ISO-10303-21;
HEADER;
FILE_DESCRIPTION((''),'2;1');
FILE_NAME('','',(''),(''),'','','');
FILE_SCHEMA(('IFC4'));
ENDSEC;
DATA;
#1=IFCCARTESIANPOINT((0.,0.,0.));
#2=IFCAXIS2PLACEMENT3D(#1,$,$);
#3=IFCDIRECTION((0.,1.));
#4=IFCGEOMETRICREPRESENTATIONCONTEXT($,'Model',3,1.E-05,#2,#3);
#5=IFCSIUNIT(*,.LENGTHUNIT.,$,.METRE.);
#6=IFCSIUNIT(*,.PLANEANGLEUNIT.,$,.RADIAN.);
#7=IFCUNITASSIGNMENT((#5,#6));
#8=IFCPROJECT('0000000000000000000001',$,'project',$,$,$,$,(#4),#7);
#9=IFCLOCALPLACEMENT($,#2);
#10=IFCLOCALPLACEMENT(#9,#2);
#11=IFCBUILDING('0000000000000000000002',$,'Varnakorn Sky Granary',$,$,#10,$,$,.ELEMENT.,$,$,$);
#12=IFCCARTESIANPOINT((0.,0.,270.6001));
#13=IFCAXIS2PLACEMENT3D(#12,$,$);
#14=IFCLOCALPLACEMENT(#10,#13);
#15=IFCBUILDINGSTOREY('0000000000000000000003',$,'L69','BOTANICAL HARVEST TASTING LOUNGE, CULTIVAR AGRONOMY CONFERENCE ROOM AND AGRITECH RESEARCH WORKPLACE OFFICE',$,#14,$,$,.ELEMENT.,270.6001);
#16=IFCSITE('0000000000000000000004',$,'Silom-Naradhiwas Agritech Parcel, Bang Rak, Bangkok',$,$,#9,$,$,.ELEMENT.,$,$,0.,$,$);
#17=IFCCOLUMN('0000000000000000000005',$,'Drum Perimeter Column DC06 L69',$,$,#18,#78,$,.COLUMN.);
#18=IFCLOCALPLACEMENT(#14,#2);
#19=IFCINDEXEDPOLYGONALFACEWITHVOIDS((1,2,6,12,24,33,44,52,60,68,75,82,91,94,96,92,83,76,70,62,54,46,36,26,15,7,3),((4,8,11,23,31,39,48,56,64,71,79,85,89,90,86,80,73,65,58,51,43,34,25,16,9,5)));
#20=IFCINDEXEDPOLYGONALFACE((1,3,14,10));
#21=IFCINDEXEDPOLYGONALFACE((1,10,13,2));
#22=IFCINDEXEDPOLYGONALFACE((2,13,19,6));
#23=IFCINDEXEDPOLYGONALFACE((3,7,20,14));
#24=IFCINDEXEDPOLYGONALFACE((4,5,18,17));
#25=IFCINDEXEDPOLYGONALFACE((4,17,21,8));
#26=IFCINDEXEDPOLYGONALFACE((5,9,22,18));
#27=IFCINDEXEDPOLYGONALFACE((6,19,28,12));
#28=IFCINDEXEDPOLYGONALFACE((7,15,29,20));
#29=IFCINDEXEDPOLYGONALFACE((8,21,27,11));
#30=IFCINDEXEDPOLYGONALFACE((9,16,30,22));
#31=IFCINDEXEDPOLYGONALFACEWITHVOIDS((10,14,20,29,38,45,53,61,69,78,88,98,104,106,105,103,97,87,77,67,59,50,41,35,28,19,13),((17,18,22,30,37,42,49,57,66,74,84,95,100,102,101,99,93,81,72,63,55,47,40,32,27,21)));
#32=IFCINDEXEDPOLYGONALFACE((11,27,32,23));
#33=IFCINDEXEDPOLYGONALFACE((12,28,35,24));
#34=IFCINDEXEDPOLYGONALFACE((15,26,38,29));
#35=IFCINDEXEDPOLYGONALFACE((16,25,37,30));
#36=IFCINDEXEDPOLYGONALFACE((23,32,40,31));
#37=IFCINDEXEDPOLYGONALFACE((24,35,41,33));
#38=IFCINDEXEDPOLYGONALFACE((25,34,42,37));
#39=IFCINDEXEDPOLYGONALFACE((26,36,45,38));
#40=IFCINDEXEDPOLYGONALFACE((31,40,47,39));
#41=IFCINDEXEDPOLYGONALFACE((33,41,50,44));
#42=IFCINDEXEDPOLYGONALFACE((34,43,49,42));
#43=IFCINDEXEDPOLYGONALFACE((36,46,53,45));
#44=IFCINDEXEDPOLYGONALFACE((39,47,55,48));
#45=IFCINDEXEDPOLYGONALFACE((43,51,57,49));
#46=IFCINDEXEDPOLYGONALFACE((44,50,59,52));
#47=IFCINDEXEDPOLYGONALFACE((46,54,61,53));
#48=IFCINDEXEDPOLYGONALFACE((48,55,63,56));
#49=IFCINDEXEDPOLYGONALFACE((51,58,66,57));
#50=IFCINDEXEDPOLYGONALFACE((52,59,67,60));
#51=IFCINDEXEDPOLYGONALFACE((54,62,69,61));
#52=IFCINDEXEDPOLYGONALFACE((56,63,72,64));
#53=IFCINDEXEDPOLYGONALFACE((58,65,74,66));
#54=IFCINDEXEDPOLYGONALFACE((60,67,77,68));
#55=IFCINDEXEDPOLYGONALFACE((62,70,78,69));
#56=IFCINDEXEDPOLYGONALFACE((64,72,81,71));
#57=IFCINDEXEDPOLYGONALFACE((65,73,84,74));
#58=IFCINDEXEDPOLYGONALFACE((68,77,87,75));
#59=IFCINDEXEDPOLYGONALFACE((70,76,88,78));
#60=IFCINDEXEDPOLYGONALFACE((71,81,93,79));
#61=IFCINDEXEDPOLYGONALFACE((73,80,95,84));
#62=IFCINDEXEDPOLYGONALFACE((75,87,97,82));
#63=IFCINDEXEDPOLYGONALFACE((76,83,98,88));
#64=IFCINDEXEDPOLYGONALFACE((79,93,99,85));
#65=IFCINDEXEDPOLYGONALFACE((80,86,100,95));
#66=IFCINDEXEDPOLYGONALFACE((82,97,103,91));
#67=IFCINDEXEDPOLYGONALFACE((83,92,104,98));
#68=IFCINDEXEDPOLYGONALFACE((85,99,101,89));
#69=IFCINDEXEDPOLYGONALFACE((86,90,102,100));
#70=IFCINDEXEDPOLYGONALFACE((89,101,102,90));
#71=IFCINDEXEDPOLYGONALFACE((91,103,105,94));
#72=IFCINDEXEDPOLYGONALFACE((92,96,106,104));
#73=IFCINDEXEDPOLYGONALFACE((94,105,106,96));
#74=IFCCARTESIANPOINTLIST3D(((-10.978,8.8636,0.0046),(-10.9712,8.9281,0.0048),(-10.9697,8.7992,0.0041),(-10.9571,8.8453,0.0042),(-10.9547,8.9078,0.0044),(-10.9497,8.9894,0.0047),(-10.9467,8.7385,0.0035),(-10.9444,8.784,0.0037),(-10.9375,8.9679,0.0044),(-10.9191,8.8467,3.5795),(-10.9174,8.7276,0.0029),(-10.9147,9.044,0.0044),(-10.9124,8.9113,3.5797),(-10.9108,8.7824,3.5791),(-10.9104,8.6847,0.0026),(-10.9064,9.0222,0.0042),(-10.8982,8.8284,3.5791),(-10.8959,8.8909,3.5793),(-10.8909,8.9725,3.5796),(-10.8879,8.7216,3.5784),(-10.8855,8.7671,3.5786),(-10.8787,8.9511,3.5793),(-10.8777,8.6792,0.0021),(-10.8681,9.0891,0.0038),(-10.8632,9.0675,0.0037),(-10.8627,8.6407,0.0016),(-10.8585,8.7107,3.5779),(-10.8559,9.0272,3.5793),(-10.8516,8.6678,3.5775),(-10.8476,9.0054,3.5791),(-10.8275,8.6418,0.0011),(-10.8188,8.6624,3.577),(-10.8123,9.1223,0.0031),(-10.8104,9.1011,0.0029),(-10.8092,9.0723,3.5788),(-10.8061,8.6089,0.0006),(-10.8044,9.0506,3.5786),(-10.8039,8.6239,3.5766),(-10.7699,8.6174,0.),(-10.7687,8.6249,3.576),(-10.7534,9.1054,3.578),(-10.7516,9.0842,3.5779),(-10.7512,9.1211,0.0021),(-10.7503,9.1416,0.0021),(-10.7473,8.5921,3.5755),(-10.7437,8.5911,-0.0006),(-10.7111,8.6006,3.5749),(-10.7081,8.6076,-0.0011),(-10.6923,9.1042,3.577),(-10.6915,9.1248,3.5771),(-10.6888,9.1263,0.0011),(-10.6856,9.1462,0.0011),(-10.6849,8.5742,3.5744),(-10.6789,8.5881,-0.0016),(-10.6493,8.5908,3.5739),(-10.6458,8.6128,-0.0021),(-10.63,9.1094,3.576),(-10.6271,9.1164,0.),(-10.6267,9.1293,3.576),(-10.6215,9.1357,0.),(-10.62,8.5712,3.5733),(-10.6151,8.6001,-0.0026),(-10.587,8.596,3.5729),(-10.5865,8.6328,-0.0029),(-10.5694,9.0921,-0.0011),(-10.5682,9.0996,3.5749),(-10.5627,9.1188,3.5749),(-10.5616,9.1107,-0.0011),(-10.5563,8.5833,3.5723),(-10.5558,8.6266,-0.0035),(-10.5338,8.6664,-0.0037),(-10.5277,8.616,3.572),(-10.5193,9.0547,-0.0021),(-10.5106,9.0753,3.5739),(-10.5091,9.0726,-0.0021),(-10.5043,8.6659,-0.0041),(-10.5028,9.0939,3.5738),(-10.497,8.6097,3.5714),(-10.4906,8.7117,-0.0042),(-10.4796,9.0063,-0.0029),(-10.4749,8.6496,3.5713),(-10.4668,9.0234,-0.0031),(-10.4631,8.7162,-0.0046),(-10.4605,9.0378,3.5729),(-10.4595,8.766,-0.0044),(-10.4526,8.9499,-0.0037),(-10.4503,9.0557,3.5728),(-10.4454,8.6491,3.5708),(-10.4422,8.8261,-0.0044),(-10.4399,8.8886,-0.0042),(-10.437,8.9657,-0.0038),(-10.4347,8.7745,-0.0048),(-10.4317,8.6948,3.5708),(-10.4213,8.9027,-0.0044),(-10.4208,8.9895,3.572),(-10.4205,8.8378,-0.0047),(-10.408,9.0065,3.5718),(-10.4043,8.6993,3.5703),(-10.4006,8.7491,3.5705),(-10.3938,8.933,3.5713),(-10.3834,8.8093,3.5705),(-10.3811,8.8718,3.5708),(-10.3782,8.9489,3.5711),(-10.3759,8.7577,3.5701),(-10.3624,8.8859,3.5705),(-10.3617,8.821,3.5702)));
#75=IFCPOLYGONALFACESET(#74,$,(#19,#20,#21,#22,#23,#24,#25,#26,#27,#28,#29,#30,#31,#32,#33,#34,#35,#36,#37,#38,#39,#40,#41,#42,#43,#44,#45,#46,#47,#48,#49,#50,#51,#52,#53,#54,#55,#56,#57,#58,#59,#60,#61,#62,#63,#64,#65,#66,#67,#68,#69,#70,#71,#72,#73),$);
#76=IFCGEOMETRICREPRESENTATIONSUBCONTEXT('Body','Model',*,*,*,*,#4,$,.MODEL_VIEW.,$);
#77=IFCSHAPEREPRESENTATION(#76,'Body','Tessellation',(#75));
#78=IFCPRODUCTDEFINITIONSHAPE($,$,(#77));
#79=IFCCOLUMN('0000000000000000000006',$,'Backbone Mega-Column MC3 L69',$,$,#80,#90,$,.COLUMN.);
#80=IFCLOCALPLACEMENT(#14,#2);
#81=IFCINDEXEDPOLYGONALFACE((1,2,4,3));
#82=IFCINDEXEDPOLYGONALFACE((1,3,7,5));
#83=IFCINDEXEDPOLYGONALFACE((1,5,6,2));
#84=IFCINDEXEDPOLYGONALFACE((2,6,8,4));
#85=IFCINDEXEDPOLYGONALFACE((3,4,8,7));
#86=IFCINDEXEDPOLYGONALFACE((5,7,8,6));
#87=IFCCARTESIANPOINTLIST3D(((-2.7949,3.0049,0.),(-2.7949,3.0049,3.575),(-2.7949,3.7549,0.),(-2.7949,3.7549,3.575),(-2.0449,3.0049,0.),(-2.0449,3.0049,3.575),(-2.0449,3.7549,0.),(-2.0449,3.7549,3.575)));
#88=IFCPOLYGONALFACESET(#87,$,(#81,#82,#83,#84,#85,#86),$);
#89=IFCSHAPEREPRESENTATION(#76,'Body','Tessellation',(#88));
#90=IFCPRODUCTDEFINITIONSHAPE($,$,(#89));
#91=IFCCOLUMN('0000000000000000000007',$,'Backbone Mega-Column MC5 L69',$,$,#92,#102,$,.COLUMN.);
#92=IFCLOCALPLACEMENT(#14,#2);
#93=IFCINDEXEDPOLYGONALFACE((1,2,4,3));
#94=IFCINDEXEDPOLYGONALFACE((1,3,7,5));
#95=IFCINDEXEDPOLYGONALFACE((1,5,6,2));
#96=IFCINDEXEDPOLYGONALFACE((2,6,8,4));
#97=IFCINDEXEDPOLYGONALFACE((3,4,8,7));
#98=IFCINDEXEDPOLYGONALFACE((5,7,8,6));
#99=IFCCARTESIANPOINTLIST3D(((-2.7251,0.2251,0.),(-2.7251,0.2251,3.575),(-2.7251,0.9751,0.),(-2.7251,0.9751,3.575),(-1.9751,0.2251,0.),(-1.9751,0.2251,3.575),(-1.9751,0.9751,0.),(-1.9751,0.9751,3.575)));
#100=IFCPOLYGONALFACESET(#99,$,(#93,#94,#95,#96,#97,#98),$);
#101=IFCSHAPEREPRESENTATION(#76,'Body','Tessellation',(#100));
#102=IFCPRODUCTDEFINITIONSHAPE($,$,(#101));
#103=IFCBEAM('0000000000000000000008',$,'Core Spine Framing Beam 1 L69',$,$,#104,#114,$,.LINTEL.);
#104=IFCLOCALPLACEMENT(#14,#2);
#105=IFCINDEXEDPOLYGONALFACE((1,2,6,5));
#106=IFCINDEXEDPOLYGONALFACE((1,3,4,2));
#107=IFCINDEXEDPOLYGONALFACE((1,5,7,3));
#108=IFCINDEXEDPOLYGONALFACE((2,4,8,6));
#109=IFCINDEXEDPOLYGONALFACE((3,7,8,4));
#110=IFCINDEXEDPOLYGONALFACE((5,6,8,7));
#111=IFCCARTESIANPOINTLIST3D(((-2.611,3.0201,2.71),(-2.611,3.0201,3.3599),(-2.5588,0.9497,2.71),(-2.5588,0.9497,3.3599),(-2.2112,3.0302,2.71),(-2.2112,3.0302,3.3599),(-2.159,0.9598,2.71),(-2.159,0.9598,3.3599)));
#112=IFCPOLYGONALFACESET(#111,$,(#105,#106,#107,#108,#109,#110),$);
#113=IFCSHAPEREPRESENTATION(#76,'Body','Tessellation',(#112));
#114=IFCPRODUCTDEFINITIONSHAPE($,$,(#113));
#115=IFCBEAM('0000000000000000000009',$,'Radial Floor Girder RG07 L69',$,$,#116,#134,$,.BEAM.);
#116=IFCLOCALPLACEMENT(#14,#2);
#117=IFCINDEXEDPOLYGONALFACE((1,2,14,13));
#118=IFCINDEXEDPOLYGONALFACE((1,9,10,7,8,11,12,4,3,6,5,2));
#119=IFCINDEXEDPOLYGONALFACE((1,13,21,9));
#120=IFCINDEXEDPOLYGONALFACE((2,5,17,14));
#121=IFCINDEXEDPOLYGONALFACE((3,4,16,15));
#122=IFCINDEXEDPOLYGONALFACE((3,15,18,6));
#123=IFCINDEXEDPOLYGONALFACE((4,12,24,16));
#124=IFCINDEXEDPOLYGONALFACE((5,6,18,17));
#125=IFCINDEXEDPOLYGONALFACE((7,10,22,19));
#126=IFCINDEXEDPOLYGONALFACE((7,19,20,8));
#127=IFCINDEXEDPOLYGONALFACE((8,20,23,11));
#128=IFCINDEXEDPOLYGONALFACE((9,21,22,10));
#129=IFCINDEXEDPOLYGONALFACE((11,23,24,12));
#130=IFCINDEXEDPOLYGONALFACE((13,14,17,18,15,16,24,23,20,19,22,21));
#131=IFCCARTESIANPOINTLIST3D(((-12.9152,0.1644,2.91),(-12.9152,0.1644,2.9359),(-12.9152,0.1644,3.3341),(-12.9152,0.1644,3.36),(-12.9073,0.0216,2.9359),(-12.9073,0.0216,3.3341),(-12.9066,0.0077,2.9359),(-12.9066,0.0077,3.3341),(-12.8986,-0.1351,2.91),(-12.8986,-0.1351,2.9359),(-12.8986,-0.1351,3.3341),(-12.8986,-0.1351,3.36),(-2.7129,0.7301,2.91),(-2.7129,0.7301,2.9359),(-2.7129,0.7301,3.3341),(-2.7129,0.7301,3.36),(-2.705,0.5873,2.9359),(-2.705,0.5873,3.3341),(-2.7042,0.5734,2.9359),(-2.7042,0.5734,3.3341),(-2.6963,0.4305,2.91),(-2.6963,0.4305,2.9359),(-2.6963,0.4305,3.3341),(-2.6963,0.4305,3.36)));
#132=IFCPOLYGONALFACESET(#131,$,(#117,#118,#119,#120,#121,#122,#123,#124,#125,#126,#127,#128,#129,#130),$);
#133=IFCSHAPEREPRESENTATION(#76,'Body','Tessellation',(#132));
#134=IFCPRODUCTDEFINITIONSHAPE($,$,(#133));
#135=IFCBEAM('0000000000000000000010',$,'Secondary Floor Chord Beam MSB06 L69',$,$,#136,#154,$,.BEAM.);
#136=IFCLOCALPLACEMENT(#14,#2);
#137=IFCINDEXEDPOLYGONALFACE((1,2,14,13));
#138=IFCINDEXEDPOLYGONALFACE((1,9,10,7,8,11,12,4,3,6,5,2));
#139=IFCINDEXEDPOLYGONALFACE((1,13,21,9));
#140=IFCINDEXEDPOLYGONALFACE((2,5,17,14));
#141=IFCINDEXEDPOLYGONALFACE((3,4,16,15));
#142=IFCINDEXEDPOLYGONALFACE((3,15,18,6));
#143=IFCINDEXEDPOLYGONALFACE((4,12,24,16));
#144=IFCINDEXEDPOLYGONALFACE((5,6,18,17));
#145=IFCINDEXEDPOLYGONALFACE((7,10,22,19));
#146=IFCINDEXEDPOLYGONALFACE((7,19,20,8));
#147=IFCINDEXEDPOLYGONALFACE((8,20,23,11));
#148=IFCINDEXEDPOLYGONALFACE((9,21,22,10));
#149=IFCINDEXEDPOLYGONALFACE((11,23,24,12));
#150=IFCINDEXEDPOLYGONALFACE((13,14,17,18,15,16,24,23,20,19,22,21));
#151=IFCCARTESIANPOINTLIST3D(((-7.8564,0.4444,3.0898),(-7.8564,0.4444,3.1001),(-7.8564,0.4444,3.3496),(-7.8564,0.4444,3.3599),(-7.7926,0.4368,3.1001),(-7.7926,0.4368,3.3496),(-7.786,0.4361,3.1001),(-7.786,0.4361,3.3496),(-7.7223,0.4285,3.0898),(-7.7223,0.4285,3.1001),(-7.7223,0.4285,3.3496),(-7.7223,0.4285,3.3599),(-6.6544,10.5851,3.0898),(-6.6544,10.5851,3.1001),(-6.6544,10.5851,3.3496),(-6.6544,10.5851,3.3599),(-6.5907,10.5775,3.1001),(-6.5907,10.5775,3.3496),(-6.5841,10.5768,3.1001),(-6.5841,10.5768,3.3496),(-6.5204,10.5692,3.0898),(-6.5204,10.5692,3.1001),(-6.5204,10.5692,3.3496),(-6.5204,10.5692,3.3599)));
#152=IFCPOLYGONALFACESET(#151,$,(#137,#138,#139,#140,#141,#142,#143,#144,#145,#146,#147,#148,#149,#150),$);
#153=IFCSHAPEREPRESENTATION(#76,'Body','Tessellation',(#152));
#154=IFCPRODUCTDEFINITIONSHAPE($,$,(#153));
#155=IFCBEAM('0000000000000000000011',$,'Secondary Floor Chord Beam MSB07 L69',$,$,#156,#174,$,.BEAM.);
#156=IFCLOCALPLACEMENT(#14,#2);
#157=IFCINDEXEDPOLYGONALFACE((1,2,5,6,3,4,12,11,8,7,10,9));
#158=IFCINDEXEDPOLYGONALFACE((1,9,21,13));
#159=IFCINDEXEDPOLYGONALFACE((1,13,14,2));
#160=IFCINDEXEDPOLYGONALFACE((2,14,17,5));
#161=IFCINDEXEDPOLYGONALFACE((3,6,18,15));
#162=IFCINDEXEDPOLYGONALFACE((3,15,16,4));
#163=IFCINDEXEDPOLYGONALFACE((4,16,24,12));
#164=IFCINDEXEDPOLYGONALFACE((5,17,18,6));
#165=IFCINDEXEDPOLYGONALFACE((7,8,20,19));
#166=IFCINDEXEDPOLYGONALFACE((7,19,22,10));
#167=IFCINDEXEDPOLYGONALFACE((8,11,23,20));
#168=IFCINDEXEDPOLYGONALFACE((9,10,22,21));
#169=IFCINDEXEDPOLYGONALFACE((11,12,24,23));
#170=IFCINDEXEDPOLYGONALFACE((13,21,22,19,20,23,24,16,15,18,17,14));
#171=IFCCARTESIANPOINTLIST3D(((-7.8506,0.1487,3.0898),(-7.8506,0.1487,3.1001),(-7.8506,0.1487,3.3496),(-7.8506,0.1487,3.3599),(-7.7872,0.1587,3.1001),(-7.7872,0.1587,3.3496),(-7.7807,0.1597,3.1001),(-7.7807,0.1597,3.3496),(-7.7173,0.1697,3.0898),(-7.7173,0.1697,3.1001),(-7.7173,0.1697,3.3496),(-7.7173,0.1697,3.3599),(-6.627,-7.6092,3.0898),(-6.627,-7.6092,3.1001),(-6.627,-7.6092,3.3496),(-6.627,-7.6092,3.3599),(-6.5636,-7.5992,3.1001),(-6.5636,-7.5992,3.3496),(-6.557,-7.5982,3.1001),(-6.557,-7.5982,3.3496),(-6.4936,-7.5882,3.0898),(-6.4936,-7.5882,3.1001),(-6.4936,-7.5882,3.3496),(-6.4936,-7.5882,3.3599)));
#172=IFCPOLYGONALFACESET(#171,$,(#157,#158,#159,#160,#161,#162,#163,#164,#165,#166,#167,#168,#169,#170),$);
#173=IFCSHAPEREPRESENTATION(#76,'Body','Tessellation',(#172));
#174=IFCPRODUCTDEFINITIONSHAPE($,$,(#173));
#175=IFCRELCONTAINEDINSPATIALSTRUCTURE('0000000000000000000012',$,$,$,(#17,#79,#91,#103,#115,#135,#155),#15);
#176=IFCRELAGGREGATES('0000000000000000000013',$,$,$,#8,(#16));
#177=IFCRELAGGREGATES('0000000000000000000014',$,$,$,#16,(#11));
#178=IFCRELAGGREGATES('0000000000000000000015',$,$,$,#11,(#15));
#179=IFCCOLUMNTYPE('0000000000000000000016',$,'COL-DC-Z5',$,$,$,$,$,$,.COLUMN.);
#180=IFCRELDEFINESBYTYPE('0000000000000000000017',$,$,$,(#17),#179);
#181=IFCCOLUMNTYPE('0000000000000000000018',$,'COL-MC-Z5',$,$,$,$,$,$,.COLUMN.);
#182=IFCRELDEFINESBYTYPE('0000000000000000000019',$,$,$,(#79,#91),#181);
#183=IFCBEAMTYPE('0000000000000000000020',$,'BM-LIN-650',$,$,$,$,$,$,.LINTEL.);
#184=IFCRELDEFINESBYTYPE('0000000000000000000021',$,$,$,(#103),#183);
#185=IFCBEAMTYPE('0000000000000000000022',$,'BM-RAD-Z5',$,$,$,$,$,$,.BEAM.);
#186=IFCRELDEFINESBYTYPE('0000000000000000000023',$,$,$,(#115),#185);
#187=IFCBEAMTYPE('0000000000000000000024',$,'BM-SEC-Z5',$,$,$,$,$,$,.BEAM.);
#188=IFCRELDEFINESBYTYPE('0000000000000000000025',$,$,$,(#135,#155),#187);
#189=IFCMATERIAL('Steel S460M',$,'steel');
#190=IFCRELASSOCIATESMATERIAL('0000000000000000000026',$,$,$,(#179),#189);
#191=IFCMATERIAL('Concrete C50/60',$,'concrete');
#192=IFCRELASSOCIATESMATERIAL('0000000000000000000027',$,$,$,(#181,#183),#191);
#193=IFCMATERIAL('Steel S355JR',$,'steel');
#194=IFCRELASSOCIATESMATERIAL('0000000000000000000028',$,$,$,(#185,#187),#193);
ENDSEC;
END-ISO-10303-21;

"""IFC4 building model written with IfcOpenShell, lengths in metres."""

from ifc_helpers import new_model, si_unit, direction, frame, origin, origin_2d, place, context, subcontext, project, spatial, rectangle, hollow_circle, i_section, extrude, material, material_profile, profile_set, type_object, element, save


model = new_model("IFC4")

# Units and contexts
model_context = context("Model", 3, precision=1e-05, world=origin(), true_north=direction((0.0, 1.0)))
body_context = subcontext(model_context, "Body", "Model", "MODEL_VIEW")
ifc_project = project(units=[si_unit("LENGTHUNIT", "METRE"), si_unit("PLANEANGLEUNIT", "RADIAN")], contexts=[model_context])

# Site, building, storey
site_placement = place(None, origin())
site = spatial("IfcSite", under=ifc_project, at=site_placement, Name="Silom-Naradhiwas Agritech Parcel, Bang Rak, Bangkok", CompositionType="ELEMENT", RefElevation=0.0)
building_placement = place(site_placement, origin())
building = spatial("IfcBuilding", under=site, at=building_placement, Name="Varnakorn Sky Granary", CompositionType="ELEMENT")
storey_placement = place(building_placement, frame((0.0, 0.0, 270.6001)))
storey = spatial("IfcBuildingStorey", under=building, at=storey_placement, Name="L69", Description="BOTANICAL HARVEST TASTING LOUNGE, CULTIVAR AGRONOMY CONFERENCE ROOM AND AGRITECH RESEARCH WORKPLACE OFFICE", CompositionType="ELEMENT", Elevation=270.6001)

# Columns
ifc_material_1 = material(Name="Steel S460M", Category="steel")
ifc_material_profile_1 = material_profile(ifc_material_1, hollow_circle(Radius=0.2795, WallThickness=0.02, at=origin_2d()), Name="CHS 559x20")
ifc_profile_set_1 = profile_set([ifc_material_profile_1], Name="Steel S460M")
column_type_1 = type_object("IfcColumnType", Name="COL-DC-Z5", PredefinedType="COLUMN", material=ifc_profile_set_1)
column_placement = place(storey_placement, frame((-10.6985, 8.8669, 0.0), z_axis=(0.016456, -0.004711, 0.999853), x_axis=(0.275248, 0.961373, 0.0)))
element("IfcColumn", 1, at=column_placement, inside=storey, type_object=column_type_1, Name="Drum Perimeter Column DC06 L69", PredefinedType="COLUMN", context=body_context, shape_type="SweptSolid", body=[
    extrude(hollow_circle(Radius=0.2795, WallThickness=0.02, at=origin_2d()), origin(), (0.0, 0.0, 1.0), 3.5754),
])
ifc_material_2 = material(Name="Concrete C50/60", Category="concrete")
ifc_material_profile_2 = material_profile(ifc_material_2, rectangle(XDim=0.75, YDim=0.75, at=origin_2d()), Name="RC 750x750")
ifc_profile_set_2 = profile_set([ifc_material_profile_2], Name="Concrete C50/60")
column_type_2 = type_object("IfcColumnType", Name="COL-MC-Z5", PredefinedType="COLUMN", material=ifc_profile_set_2)
for number, where, z_axis, x_axis, name in (
    (2, (-2.4199, 3.3799, 0.0), (0.0, 0.0, 1.0), (1.0, 0.0, 0.0), "Backbone Mega-Column MC3 L69"),
    (3, (-2.3501, 0.6001, 0.0), (0.0, 0.0, 1.0), (1.0, 0.0, 0.0), "Backbone Mega-Column MC5 L69"),
):
    element("IfcColumn", number, at=place(storey_placement, frame(where, z_axis=z_axis, x_axis=x_axis)), inside=storey, type_object=column_type_2, Name=name, PredefinedType="COLUMN", context=body_context, shape_type="SweptSolid", body=[
        extrude(rectangle(XDim=0.75, YDim=0.75, at=origin_2d()), origin(), (0.0, 0.0, 1.0), 3.575),
    ])

# Beams
ifc_material_profile_3 = material_profile(ifc_material_2, rectangle(XDim=0.3999, YDim=0.6499, at=origin_2d()), Name="RC 400x650")
ifc_profile_set_3 = profile_set([ifc_material_profile_3], Name="Concrete C50/60")
beam_type_1 = type_object("IfcBeamType", Name="BM-LIN-650", PredefinedType="LINTEL", material=ifc_profile_set_3)
beam_1_placement = place(storey_placement, frame((-2.4111, 3.0251, 3.0349), z_axis=(0.025228, -0.999682, 0.0), x_axis=(0.999682, 0.025228, 0.0)))
element("IfcBeam", 4, at=beam_1_placement, inside=storey, type_object=beam_type_1, Name="Core Spine Framing Beam 1 L69", PredefinedType="LINTEL", context=body_context, shape_type="SweptSolid", body=[
    extrude(rectangle(XDim=0.3999, YDim=0.6499, at=origin_2d()), origin(), (0.0, 0.0, 1.0), 2.071),
])
ifc_material_3 = material(Name="Steel S355JR", Category="steel")
ifc_material_profile_4 = material_profile(ifc_material_3, i_section(OverallWidth=0.3, OverallDepth=0.45, WebThickness=0.0139, FlangeThickness=0.0259, at=origin_2d()), Name="HE 450 B")
ifc_profile_set_4 = profile_set([ifc_material_profile_4], Name="Steel S355JR")
beam_type_2 = type_object("IfcBeamType", Name="BM-RAD-Z5", PredefinedType="BEAM", material=ifc_profile_set_4)
beam_2_placement = place(storey_placement, frame((-2.7046, 0.5803, 3.135), z_axis=(-0.998466, -0.05536, 0.0), x_axis=(0.05536, -0.998466, 0.0)))
element("IfcBeam", 5, at=beam_2_placement, inside=storey, type_object=beam_type_2, Name="Radial Floor Girder RG07 L69", PredefinedType="BEAM", context=body_context, shape_type="SweptSolid", body=[
    extrude(i_section(OverallWidth=0.3, OverallDepth=0.45, WebThickness=0.0139, FlangeThickness=0.0259, at=origin_2d()), origin(), (0.0, 0.0, 1.0), 10.218),
])
ifc_material_profile_5 = material_profile(ifc_material_3, i_section(OverallWidth=0.135, OverallDepth=0.27, WebThickness=0.0066, FlangeThickness=0.0103, at=origin_2d()), Name="IPE 270")
ifc_profile_set_5 = profile_set([ifc_material_profile_5], Name="Steel S355JR")
beam_type_3 = type_object("IfcBeamType", Name="BM-SEC-Z5", PredefinedType="BEAM", material=ifc_profile_set_5)
beam_3_placement = place(storey_placement, frame((-6.5874, 10.5771, 3.2249), z_axis=(-0.1177, -0.993049, 0.0), x_axis=(0.993049, -0.1177, 0.0)))
element("IfcBeam", 6, at=beam_3_placement, inside=storey, type_object=beam_type_3, Name="Secondary Floor Chord Beam MSB06 L69", PredefinedType="BEAM", context=body_context, shape_type="SweptSolid", body=[
    extrude(i_section(OverallWidth=0.135, OverallDepth=0.27, WebThickness=0.0066, FlangeThickness=0.0103, at=origin_2d()), origin(), (0.0, 0.0, 1.0), 10.2117),
])
beam_4_placement = place(storey_placement, frame((-7.7839, 0.1592, 3.2249), z_axis=(0.155803, -0.987788, 0.0), x_axis=(0.987788, 0.155803, 0.0)))
element("IfcBeam", 7, at=beam_4_placement, inside=storey, type_object=beam_type_3, Name="Secondary Floor Chord Beam MSB07 L69", PredefinedType="BEAM", context=body_context, shape_type="SweptSolid", body=[
    extrude(i_section(OverallWidth=0.135, OverallDepth=0.27, WebThickness=0.0066, FlangeThickness=0.0103, at=origin_2d()), origin(), (0.0, 0.0, 1.0), 7.8538),
])

save(model, "model.ifc")
